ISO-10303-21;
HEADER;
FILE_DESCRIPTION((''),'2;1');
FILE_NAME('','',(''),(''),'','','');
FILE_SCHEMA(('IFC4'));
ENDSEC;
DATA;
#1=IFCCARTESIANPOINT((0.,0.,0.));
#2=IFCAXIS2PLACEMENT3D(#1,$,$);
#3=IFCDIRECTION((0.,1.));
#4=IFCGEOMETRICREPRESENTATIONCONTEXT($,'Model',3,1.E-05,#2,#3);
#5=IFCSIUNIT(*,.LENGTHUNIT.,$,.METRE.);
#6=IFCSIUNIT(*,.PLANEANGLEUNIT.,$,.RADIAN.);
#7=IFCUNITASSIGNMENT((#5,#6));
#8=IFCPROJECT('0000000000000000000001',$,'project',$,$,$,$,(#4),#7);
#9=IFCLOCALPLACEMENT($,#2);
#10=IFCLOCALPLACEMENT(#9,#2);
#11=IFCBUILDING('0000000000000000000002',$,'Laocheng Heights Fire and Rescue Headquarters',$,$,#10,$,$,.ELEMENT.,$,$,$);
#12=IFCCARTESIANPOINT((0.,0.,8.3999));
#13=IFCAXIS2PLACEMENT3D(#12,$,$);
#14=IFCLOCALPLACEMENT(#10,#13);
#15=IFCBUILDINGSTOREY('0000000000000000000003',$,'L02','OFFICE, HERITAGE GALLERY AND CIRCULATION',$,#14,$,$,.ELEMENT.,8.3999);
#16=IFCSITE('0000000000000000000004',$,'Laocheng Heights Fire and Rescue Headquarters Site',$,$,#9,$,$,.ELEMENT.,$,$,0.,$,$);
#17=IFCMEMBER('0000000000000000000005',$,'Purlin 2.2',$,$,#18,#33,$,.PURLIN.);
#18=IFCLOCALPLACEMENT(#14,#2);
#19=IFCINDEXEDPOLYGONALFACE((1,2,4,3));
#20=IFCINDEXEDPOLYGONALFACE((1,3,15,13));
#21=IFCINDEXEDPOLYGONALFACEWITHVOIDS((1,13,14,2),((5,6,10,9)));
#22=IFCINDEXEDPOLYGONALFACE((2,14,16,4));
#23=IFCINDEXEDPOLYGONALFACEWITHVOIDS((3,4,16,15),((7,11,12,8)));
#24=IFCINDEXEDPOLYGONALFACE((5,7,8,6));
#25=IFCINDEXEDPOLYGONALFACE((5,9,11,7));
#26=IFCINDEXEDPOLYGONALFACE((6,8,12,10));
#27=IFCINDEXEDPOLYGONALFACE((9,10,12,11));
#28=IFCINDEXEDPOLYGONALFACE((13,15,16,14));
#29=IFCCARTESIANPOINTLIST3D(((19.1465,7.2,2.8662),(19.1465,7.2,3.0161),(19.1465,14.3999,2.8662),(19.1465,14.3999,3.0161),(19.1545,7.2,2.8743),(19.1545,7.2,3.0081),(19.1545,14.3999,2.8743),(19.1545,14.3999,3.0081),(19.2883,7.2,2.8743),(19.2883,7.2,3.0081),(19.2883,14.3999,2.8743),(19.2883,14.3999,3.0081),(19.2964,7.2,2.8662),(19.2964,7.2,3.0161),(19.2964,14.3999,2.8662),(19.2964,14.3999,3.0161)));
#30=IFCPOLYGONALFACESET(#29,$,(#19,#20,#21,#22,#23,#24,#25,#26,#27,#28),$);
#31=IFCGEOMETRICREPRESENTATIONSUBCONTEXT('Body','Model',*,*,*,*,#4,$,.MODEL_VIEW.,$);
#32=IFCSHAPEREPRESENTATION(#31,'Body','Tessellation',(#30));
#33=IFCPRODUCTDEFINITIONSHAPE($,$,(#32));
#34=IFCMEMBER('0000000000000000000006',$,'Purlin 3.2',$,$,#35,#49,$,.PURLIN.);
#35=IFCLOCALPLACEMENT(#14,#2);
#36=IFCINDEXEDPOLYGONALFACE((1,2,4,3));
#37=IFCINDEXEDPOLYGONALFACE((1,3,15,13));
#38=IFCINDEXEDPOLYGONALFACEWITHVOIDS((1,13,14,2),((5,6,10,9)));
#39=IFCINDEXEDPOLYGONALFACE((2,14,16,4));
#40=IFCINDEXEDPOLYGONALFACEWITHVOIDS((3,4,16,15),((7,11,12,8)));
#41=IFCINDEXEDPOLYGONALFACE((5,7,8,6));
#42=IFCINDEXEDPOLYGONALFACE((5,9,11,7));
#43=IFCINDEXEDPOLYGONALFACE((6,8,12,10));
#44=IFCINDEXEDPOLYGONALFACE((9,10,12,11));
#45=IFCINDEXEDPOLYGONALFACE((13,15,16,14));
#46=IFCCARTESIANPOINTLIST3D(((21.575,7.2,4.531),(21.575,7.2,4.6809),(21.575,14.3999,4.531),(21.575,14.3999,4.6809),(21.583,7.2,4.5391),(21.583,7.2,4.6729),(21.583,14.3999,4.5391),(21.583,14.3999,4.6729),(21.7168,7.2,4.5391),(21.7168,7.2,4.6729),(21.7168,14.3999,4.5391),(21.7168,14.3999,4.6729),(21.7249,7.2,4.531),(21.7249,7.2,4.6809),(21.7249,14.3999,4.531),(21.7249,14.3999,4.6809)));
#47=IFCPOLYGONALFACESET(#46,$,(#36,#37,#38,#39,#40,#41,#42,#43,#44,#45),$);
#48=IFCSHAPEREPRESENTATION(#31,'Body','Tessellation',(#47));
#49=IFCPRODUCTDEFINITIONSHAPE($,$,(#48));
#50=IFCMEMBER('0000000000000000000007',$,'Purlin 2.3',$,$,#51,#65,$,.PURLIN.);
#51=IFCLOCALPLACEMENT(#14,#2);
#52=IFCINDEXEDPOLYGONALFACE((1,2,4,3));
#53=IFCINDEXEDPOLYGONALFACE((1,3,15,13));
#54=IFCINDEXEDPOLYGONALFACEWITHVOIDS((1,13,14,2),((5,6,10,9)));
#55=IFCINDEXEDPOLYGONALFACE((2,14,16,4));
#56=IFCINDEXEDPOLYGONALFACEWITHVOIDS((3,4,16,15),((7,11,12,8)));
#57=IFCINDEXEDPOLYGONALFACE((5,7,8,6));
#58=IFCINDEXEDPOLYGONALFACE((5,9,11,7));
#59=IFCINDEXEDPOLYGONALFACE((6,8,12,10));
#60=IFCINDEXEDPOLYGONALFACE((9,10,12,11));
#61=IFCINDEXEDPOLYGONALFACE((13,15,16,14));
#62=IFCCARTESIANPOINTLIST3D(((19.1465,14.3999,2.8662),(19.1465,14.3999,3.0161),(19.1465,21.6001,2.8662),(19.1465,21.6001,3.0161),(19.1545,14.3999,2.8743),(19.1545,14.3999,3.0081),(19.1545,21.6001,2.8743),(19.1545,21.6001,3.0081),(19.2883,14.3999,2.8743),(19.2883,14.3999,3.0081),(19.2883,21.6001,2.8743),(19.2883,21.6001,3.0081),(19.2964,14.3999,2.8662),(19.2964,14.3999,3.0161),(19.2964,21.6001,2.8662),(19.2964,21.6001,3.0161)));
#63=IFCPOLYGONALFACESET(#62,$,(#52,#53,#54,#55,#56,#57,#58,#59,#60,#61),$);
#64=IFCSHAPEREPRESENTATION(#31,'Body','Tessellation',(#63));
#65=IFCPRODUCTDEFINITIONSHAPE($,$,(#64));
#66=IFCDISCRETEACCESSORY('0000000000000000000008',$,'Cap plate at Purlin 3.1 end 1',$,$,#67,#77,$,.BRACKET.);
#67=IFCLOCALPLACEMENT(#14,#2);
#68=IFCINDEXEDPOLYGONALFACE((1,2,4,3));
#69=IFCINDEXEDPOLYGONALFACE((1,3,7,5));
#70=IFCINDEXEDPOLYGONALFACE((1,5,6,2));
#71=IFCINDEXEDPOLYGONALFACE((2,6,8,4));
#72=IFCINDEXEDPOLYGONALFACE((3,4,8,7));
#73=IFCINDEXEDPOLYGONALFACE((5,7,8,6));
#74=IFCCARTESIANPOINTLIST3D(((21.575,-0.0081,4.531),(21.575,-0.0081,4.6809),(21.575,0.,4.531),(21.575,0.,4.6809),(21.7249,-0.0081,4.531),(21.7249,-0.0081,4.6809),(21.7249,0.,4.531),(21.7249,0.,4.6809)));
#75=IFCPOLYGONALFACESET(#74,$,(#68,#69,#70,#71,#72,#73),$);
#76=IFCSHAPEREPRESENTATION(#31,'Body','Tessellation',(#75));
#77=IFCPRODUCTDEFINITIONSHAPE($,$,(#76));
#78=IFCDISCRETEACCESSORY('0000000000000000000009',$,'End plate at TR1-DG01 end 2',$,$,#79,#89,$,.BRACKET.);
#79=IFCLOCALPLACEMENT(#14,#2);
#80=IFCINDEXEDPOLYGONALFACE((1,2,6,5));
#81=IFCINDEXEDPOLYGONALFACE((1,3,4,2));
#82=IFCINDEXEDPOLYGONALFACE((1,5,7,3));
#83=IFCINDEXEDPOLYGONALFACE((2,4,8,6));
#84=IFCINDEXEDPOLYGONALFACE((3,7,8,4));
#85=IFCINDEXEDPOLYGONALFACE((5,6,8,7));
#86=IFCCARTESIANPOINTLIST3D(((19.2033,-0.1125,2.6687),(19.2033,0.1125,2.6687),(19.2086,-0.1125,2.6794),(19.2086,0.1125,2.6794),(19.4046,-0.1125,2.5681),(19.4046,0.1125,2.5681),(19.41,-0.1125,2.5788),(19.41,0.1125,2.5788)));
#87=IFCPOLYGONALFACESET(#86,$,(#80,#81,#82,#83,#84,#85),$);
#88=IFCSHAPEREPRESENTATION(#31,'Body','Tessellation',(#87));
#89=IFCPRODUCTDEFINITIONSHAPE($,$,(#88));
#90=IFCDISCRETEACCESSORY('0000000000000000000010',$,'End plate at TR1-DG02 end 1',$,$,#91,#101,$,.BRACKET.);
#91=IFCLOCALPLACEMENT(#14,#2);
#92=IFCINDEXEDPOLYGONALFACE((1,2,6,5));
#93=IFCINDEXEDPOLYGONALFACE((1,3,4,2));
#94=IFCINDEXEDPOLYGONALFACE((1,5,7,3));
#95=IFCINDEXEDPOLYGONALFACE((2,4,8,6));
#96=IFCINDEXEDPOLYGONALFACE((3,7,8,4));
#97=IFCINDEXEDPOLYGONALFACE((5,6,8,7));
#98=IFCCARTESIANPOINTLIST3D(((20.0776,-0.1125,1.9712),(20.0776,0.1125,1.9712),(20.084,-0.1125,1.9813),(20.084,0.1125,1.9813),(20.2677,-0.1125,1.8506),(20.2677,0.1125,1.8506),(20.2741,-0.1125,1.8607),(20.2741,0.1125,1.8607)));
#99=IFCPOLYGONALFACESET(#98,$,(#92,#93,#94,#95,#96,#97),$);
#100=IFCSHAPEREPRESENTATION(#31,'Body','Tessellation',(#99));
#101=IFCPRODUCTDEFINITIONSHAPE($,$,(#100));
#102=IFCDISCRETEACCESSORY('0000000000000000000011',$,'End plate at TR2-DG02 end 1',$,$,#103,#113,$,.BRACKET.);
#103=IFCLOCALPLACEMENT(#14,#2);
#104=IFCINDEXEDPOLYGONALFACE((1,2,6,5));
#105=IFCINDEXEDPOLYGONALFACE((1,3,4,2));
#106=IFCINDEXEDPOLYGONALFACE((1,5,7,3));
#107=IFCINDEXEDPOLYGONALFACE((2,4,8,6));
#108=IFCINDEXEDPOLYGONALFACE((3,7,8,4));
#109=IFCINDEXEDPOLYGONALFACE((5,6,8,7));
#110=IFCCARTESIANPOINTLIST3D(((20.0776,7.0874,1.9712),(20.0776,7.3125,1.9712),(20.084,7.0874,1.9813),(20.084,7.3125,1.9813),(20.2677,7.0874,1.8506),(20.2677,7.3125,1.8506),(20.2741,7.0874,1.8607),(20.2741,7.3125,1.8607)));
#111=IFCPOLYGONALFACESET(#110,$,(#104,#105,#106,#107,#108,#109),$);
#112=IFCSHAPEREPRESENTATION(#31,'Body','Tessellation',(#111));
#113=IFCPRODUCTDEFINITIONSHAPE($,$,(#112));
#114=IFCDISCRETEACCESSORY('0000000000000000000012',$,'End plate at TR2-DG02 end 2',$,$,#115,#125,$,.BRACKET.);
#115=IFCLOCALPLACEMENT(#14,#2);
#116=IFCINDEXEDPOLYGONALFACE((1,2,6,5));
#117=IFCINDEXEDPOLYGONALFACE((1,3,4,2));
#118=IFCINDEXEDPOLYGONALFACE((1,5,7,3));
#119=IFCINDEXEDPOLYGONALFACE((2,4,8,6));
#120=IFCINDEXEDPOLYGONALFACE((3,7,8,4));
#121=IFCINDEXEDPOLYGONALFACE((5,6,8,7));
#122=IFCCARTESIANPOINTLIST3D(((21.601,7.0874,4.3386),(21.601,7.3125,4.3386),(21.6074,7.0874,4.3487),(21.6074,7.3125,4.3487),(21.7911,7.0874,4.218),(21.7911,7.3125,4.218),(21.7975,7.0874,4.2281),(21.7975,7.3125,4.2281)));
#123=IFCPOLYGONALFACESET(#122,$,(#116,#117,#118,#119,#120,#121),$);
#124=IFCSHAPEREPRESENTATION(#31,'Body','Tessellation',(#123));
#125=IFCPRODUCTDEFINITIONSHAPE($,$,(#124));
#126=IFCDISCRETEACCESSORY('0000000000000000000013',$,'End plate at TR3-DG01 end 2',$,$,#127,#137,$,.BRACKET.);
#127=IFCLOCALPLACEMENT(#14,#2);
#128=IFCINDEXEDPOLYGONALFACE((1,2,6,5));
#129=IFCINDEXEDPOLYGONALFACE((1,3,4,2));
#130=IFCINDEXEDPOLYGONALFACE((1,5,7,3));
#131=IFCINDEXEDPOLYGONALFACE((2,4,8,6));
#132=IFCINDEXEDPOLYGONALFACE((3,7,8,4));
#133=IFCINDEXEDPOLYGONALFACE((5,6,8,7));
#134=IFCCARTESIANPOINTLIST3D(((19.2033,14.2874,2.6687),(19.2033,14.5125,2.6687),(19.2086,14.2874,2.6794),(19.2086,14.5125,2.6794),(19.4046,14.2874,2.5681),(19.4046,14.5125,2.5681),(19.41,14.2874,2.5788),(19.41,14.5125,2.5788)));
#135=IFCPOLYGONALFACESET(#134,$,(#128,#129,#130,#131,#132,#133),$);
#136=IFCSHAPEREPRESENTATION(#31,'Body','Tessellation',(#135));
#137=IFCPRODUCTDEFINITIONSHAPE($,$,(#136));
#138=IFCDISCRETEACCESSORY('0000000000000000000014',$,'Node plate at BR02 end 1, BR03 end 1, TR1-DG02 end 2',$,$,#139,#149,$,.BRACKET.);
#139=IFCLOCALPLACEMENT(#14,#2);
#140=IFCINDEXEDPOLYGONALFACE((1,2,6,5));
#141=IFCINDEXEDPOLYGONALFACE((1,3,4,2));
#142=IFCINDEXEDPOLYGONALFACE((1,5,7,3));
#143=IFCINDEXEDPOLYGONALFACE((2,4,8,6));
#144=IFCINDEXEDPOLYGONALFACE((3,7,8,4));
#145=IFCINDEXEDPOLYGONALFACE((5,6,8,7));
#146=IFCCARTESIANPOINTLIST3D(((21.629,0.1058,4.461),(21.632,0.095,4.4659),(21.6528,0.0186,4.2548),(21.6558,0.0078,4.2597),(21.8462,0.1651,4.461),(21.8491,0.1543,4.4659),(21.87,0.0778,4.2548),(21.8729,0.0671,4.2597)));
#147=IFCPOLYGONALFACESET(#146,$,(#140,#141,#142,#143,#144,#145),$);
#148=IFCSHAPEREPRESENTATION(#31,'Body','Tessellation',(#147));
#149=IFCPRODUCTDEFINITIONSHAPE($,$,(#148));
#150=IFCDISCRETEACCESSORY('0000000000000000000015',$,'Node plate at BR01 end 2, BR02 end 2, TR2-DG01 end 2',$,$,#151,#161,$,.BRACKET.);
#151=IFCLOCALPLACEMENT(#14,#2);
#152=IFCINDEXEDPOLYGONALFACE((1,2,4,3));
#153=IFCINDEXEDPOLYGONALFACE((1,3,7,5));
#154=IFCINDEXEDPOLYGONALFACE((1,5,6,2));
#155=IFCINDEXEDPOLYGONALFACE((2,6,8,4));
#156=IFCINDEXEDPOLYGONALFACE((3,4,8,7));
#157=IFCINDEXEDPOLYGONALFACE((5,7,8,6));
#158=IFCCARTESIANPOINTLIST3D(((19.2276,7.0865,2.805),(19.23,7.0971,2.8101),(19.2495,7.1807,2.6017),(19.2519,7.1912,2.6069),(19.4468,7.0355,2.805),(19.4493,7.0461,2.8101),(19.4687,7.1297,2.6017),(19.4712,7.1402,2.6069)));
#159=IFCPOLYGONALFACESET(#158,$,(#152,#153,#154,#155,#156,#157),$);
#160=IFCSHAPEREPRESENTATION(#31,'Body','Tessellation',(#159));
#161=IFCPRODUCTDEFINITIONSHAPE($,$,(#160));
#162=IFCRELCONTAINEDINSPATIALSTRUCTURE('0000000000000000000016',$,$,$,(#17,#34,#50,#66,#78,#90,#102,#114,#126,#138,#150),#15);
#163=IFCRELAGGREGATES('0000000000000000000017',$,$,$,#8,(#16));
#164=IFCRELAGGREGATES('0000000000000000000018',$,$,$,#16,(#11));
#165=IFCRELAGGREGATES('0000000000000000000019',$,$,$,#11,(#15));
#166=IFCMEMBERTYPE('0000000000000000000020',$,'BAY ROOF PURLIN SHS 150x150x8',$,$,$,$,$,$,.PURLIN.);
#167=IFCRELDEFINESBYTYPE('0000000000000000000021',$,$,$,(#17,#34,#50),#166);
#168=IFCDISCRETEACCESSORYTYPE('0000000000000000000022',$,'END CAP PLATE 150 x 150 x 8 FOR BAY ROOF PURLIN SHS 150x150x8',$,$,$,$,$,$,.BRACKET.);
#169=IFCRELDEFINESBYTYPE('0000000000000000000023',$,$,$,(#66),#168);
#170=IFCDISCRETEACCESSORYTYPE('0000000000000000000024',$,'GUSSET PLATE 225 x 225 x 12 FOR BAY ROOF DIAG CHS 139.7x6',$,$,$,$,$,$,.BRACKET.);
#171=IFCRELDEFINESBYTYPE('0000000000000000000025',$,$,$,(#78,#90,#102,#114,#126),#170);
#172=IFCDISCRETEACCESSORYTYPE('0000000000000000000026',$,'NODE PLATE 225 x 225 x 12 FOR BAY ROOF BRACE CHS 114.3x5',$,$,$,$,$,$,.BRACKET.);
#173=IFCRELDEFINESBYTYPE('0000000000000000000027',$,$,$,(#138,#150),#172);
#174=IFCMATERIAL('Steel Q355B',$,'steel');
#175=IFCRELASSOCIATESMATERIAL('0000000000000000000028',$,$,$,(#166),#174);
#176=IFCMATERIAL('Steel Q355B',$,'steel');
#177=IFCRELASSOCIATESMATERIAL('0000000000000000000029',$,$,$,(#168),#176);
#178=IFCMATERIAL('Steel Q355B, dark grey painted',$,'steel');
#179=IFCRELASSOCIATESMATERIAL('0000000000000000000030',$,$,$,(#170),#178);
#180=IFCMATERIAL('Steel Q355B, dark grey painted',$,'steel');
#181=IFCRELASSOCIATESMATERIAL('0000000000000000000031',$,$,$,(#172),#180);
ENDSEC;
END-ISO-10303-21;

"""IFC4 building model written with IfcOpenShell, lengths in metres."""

from ifc_helpers import new_model, si_unit, direction, frame, origin, origin_2d, place, context, subcontext, project, spatial, rectangle, hollow_rectangle, extrude, material, material_profile, profile_set, type_object, element, save


model = new_model("IFC4")

# Units and contexts
model_context = context("Model", 3, precision=1e-05, world=origin(), true_north=direction((0.0, 1.0)))
body_context = subcontext(model_context, "Body", "Model", "MODEL_VIEW")
ifc_project = project(units=[si_unit("LENGTHUNIT", "METRE"), si_unit("PLANEANGLEUNIT", "RADIAN")], contexts=[model_context])

# Site, building, storey
site_placement = place(None, origin())
site = spatial("IfcSite", under=ifc_project, at=site_placement, Name="Laocheng Heights Fire and Rescue Headquarters Site", CompositionType="ELEMENT", RefElevation=0.0)
building_placement = place(site_placement, origin())
building = spatial("IfcBuilding", under=site, at=building_placement, Name="Laocheng Heights Fire and Rescue Headquarters", CompositionType="ELEMENT")
storey_placement = place(building_placement, frame((0.0, 0.0, 8.3999)))
storey = spatial("IfcBuildingStorey", under=building, at=storey_placement, Name="L02", Description="OFFICE, HERITAGE GALLERY AND CIRCULATION", CompositionType="ELEMENT", Elevation=8.3999)

# Members
ifc_material_1 = material(Name="Steel Q355B", Category="steel")
ifc_material_profile_1 = material_profile(ifc_material_1, hollow_rectangle(XDim=0.1499, YDim=0.1499, WallThickness=0.0081, at=origin_2d()), Name="SHS 150x150x8")
ifc_profile_set_1 = profile_set([ifc_material_profile_1], Name="Steel Q355B")
member_type_1 = type_object("IfcMemberType", Name="BAY ROOF PURLIN SHS 150x150x8", PredefinedType="PURLIN", material=ifc_profile_set_1)
for number, where, z_axis, x_axis, name in (
    (1, (19.2214, 7.2, 2.9412), (0.0, 1.0, 0.0), (-1.0, 0.0, 0.0), "Purlin 2.2"),
    (2, (21.6499, 7.2, 4.606), (0.0, 1.0, 0.0), (-1.0, 0.0, 0.0), "Purlin 3.2"),
):
    element("IfcMember", number, at=place(storey_placement, frame(where, z_axis=z_axis, x_axis=x_axis)), inside=storey, type_object=member_type_1, Name=name, PredefinedType="PURLIN", context=body_context, shape_type="SweptSolid", body=[
        extrude(hollow_rectangle(XDim=0.1499, YDim=0.1499, WallThickness=0.0081, at=origin_2d()), origin(), (0.0, 0.0, 1.0), 7.2),
    ])
member_1_placement = place(storey_placement, frame((19.2214, 14.3999, 2.9412), z_axis=(0.0, 1.0, 0.0), x_axis=(-1.0, 0.0, 0.0)))
element("IfcMember", 3, at=member_1_placement, inside=storey, type_object=member_type_1, Name="Purlin 2.3", PredefinedType="PURLIN", context=body_context, shape_type="SweptSolid", body=[
    extrude(hollow_rectangle(XDim=0.1499, YDim=0.1499, WallThickness=0.0081, at=origin_2d()), origin(), (0.0, 0.0, 1.0), 7.2002),
])

# Discrete accessories
ifc_material_2 = material(Name="Steel Q355B", Category="steel")
ifc_material_profile_2 = material_profile(ifc_material_2, rectangle(XDim=0.1499, YDim=0.1499, at=origin_2d()), Name="END CAP PLATE 150 x 150 x 8 FOR BAY ROOF PURLIN SHS 150x150x8")
ifc_profile_set_2 = profile_set([ifc_material_profile_2], Name="Steel Q355B")
discrete_accessory_type_1 = type_object("IfcDiscreteAccessoryType", Name="END CAP PLATE 150 x 150 x 8 FOR BAY ROOF PURLIN SHS 150x150x8", PredefinedType="BRACKET", material=ifc_profile_set_2)
discrete_accessory_1_placement = place(storey_placement, frame((21.6499, -0.0081, 4.606), z_axis=(0.0, 1.0, 0.0), x_axis=(-1.0, 0.0, 0.0)))
element("IfcDiscreteAccessory", 4, at=discrete_accessory_1_placement, inside=storey, type_object=discrete_accessory_type_1, Name="Cap plate at Purlin 3.1 end 1", PredefinedType="BRACKET", context=body_context, shape_type="SweptSolid", body=[
    extrude(rectangle(XDim=0.1499, YDim=0.1499, at=origin_2d()), origin(), (0.0, 0.0, 1.0), 0.0081),
])
ifc_material_3 = material(Name="Steel Q355B, dark grey painted", Category="steel")
ifc_material_profile_3 = material_profile(ifc_material_3, rectangle(XDim=0.2251, YDim=0.2251, at=origin_2d()), Name="GUSSET PLATE 225 x 225 x 12 FOR BAY ROOF DIAG CHS 139.7x6")
ifc_profile_set_3 = profile_set([ifc_material_profile_3], Name="Steel Q355B, dark grey painted")
discrete_accessory_type_2 = type_object("IfcDiscreteAccessoryType", Name="GUSSET PLATE 225 x 225 x 12 FOR BAY ROOF DIAG CHS 139.7x6", PredefinedType="BRACKET", material=ifc_profile_set_3)
for number, where, z_axis, x_axis, name in (
    (5, (19.304, 0.0, 2.6184), (0.447214, 0.0, 0.894427), (0.0, 1.0, 0.0), "End plate at TR1-DG01 end 2"),
    (6, (20.1726, 0.0, 1.9109), (0.535542, 0.0, 0.844509), (0.0, 1.0, 0.0), "End plate at TR1-DG02 end 1"),
    (7, (20.1726, 7.2, 1.9109), (0.535542, 0.0, 0.844509), (0.0, 1.0, 0.0), "End plate at TR2-DG02 end 1"),
    (8, (21.696, 7.2, 4.2783), (0.535542, 0.0, 0.844509), (0.0, 1.0, 0.0), "End plate at TR2-DG02 end 2"),
    (9, (19.304, 14.3999, 2.6184), (0.447214, 0.0, 0.894427), (0.0, 1.0, 0.0), "End plate at TR3-DG01 end 2"),
):
    element("IfcDiscreteAccessory", number, at=place(storey_placement, frame(where, z_axis=z_axis, x_axis=x_axis)), inside=storey, type_object=discrete_accessory_type_2, Name=name, PredefinedType="BRACKET", context=body_context, shape_type="SweptSolid", body=[
        extrude(rectangle(XDim=0.2251, YDim=0.2251, at=origin_2d()), origin(), (0.0, 0.0, 1.0), 0.012),
    ])
ifc_material_4 = material(Name="Steel Q355B, dark grey painted", Category="steel")
ifc_material_profile_4 = material_profile(ifc_material_4, rectangle(XDim=0.2251, YDim=0.2251, at=origin_2d()), Name="NODE PLATE 225 x 225 x 12 FOR BAY ROOF BRACE CHS 114.3x5")
ifc_profile_set_4 = profile_set([ifc_material_profile_4], Name="Steel Q355B, dark grey painted")
discrete_accessory_type_3 = type_object("IfcDiscreteAccessoryType", Name="NODE PLATE 225 x 225 x 12 FOR BAY ROOF BRACE CHS 114.3x5", PredefinedType="BRACKET", material=ifc_profile_set_4)
discrete_accessory_2_placement = place(storey_placement, frame((21.7524, 0.0811, 4.3628), z_axis=(-0.240966, 0.883541, -0.40161), x_axis=(-0.964764, -0.263117, 0.0)))
element("IfcDiscreteAccessory", 10, at=discrete_accessory_2_placement, inside=storey, type_object=discrete_accessory_type_3, Name="Node plate at BR02 end 1, BR03 end 1, TR1-DG02 end 2", PredefinedType="BRACKET", context=body_context, shape_type="SweptSolid", body=[
    extrude(rectangle(XDim=0.2251, YDim=0.2251, at=origin_2d()), origin(), (0.0, 0.0, 1.0), 0.0122),
])
discrete_accessory_3_placement = place(storey_placement, frame((19.3506, 7.1187, 2.7085), z_axis=(-0.204551, -0.879568, -0.429557), x_axis=(0.974008, -0.226513, 0.0)))
element("IfcDiscreteAccessory", 11, at=discrete_accessory_3_placement, inside=storey, type_object=discrete_accessory_type_3, Name="Node plate at BR01 end 2, BR02 end 2, TR2-DG01 end 2", PredefinedType="BRACKET", context=body_context, shape_type="SweptSolid", body=[
    extrude(rectangle(XDim=0.2251, YDim=0.2251, at=origin_2d()), origin(), (0.0, 0.0, 1.0), 0.012),
])

save(model, "model.ifc")
